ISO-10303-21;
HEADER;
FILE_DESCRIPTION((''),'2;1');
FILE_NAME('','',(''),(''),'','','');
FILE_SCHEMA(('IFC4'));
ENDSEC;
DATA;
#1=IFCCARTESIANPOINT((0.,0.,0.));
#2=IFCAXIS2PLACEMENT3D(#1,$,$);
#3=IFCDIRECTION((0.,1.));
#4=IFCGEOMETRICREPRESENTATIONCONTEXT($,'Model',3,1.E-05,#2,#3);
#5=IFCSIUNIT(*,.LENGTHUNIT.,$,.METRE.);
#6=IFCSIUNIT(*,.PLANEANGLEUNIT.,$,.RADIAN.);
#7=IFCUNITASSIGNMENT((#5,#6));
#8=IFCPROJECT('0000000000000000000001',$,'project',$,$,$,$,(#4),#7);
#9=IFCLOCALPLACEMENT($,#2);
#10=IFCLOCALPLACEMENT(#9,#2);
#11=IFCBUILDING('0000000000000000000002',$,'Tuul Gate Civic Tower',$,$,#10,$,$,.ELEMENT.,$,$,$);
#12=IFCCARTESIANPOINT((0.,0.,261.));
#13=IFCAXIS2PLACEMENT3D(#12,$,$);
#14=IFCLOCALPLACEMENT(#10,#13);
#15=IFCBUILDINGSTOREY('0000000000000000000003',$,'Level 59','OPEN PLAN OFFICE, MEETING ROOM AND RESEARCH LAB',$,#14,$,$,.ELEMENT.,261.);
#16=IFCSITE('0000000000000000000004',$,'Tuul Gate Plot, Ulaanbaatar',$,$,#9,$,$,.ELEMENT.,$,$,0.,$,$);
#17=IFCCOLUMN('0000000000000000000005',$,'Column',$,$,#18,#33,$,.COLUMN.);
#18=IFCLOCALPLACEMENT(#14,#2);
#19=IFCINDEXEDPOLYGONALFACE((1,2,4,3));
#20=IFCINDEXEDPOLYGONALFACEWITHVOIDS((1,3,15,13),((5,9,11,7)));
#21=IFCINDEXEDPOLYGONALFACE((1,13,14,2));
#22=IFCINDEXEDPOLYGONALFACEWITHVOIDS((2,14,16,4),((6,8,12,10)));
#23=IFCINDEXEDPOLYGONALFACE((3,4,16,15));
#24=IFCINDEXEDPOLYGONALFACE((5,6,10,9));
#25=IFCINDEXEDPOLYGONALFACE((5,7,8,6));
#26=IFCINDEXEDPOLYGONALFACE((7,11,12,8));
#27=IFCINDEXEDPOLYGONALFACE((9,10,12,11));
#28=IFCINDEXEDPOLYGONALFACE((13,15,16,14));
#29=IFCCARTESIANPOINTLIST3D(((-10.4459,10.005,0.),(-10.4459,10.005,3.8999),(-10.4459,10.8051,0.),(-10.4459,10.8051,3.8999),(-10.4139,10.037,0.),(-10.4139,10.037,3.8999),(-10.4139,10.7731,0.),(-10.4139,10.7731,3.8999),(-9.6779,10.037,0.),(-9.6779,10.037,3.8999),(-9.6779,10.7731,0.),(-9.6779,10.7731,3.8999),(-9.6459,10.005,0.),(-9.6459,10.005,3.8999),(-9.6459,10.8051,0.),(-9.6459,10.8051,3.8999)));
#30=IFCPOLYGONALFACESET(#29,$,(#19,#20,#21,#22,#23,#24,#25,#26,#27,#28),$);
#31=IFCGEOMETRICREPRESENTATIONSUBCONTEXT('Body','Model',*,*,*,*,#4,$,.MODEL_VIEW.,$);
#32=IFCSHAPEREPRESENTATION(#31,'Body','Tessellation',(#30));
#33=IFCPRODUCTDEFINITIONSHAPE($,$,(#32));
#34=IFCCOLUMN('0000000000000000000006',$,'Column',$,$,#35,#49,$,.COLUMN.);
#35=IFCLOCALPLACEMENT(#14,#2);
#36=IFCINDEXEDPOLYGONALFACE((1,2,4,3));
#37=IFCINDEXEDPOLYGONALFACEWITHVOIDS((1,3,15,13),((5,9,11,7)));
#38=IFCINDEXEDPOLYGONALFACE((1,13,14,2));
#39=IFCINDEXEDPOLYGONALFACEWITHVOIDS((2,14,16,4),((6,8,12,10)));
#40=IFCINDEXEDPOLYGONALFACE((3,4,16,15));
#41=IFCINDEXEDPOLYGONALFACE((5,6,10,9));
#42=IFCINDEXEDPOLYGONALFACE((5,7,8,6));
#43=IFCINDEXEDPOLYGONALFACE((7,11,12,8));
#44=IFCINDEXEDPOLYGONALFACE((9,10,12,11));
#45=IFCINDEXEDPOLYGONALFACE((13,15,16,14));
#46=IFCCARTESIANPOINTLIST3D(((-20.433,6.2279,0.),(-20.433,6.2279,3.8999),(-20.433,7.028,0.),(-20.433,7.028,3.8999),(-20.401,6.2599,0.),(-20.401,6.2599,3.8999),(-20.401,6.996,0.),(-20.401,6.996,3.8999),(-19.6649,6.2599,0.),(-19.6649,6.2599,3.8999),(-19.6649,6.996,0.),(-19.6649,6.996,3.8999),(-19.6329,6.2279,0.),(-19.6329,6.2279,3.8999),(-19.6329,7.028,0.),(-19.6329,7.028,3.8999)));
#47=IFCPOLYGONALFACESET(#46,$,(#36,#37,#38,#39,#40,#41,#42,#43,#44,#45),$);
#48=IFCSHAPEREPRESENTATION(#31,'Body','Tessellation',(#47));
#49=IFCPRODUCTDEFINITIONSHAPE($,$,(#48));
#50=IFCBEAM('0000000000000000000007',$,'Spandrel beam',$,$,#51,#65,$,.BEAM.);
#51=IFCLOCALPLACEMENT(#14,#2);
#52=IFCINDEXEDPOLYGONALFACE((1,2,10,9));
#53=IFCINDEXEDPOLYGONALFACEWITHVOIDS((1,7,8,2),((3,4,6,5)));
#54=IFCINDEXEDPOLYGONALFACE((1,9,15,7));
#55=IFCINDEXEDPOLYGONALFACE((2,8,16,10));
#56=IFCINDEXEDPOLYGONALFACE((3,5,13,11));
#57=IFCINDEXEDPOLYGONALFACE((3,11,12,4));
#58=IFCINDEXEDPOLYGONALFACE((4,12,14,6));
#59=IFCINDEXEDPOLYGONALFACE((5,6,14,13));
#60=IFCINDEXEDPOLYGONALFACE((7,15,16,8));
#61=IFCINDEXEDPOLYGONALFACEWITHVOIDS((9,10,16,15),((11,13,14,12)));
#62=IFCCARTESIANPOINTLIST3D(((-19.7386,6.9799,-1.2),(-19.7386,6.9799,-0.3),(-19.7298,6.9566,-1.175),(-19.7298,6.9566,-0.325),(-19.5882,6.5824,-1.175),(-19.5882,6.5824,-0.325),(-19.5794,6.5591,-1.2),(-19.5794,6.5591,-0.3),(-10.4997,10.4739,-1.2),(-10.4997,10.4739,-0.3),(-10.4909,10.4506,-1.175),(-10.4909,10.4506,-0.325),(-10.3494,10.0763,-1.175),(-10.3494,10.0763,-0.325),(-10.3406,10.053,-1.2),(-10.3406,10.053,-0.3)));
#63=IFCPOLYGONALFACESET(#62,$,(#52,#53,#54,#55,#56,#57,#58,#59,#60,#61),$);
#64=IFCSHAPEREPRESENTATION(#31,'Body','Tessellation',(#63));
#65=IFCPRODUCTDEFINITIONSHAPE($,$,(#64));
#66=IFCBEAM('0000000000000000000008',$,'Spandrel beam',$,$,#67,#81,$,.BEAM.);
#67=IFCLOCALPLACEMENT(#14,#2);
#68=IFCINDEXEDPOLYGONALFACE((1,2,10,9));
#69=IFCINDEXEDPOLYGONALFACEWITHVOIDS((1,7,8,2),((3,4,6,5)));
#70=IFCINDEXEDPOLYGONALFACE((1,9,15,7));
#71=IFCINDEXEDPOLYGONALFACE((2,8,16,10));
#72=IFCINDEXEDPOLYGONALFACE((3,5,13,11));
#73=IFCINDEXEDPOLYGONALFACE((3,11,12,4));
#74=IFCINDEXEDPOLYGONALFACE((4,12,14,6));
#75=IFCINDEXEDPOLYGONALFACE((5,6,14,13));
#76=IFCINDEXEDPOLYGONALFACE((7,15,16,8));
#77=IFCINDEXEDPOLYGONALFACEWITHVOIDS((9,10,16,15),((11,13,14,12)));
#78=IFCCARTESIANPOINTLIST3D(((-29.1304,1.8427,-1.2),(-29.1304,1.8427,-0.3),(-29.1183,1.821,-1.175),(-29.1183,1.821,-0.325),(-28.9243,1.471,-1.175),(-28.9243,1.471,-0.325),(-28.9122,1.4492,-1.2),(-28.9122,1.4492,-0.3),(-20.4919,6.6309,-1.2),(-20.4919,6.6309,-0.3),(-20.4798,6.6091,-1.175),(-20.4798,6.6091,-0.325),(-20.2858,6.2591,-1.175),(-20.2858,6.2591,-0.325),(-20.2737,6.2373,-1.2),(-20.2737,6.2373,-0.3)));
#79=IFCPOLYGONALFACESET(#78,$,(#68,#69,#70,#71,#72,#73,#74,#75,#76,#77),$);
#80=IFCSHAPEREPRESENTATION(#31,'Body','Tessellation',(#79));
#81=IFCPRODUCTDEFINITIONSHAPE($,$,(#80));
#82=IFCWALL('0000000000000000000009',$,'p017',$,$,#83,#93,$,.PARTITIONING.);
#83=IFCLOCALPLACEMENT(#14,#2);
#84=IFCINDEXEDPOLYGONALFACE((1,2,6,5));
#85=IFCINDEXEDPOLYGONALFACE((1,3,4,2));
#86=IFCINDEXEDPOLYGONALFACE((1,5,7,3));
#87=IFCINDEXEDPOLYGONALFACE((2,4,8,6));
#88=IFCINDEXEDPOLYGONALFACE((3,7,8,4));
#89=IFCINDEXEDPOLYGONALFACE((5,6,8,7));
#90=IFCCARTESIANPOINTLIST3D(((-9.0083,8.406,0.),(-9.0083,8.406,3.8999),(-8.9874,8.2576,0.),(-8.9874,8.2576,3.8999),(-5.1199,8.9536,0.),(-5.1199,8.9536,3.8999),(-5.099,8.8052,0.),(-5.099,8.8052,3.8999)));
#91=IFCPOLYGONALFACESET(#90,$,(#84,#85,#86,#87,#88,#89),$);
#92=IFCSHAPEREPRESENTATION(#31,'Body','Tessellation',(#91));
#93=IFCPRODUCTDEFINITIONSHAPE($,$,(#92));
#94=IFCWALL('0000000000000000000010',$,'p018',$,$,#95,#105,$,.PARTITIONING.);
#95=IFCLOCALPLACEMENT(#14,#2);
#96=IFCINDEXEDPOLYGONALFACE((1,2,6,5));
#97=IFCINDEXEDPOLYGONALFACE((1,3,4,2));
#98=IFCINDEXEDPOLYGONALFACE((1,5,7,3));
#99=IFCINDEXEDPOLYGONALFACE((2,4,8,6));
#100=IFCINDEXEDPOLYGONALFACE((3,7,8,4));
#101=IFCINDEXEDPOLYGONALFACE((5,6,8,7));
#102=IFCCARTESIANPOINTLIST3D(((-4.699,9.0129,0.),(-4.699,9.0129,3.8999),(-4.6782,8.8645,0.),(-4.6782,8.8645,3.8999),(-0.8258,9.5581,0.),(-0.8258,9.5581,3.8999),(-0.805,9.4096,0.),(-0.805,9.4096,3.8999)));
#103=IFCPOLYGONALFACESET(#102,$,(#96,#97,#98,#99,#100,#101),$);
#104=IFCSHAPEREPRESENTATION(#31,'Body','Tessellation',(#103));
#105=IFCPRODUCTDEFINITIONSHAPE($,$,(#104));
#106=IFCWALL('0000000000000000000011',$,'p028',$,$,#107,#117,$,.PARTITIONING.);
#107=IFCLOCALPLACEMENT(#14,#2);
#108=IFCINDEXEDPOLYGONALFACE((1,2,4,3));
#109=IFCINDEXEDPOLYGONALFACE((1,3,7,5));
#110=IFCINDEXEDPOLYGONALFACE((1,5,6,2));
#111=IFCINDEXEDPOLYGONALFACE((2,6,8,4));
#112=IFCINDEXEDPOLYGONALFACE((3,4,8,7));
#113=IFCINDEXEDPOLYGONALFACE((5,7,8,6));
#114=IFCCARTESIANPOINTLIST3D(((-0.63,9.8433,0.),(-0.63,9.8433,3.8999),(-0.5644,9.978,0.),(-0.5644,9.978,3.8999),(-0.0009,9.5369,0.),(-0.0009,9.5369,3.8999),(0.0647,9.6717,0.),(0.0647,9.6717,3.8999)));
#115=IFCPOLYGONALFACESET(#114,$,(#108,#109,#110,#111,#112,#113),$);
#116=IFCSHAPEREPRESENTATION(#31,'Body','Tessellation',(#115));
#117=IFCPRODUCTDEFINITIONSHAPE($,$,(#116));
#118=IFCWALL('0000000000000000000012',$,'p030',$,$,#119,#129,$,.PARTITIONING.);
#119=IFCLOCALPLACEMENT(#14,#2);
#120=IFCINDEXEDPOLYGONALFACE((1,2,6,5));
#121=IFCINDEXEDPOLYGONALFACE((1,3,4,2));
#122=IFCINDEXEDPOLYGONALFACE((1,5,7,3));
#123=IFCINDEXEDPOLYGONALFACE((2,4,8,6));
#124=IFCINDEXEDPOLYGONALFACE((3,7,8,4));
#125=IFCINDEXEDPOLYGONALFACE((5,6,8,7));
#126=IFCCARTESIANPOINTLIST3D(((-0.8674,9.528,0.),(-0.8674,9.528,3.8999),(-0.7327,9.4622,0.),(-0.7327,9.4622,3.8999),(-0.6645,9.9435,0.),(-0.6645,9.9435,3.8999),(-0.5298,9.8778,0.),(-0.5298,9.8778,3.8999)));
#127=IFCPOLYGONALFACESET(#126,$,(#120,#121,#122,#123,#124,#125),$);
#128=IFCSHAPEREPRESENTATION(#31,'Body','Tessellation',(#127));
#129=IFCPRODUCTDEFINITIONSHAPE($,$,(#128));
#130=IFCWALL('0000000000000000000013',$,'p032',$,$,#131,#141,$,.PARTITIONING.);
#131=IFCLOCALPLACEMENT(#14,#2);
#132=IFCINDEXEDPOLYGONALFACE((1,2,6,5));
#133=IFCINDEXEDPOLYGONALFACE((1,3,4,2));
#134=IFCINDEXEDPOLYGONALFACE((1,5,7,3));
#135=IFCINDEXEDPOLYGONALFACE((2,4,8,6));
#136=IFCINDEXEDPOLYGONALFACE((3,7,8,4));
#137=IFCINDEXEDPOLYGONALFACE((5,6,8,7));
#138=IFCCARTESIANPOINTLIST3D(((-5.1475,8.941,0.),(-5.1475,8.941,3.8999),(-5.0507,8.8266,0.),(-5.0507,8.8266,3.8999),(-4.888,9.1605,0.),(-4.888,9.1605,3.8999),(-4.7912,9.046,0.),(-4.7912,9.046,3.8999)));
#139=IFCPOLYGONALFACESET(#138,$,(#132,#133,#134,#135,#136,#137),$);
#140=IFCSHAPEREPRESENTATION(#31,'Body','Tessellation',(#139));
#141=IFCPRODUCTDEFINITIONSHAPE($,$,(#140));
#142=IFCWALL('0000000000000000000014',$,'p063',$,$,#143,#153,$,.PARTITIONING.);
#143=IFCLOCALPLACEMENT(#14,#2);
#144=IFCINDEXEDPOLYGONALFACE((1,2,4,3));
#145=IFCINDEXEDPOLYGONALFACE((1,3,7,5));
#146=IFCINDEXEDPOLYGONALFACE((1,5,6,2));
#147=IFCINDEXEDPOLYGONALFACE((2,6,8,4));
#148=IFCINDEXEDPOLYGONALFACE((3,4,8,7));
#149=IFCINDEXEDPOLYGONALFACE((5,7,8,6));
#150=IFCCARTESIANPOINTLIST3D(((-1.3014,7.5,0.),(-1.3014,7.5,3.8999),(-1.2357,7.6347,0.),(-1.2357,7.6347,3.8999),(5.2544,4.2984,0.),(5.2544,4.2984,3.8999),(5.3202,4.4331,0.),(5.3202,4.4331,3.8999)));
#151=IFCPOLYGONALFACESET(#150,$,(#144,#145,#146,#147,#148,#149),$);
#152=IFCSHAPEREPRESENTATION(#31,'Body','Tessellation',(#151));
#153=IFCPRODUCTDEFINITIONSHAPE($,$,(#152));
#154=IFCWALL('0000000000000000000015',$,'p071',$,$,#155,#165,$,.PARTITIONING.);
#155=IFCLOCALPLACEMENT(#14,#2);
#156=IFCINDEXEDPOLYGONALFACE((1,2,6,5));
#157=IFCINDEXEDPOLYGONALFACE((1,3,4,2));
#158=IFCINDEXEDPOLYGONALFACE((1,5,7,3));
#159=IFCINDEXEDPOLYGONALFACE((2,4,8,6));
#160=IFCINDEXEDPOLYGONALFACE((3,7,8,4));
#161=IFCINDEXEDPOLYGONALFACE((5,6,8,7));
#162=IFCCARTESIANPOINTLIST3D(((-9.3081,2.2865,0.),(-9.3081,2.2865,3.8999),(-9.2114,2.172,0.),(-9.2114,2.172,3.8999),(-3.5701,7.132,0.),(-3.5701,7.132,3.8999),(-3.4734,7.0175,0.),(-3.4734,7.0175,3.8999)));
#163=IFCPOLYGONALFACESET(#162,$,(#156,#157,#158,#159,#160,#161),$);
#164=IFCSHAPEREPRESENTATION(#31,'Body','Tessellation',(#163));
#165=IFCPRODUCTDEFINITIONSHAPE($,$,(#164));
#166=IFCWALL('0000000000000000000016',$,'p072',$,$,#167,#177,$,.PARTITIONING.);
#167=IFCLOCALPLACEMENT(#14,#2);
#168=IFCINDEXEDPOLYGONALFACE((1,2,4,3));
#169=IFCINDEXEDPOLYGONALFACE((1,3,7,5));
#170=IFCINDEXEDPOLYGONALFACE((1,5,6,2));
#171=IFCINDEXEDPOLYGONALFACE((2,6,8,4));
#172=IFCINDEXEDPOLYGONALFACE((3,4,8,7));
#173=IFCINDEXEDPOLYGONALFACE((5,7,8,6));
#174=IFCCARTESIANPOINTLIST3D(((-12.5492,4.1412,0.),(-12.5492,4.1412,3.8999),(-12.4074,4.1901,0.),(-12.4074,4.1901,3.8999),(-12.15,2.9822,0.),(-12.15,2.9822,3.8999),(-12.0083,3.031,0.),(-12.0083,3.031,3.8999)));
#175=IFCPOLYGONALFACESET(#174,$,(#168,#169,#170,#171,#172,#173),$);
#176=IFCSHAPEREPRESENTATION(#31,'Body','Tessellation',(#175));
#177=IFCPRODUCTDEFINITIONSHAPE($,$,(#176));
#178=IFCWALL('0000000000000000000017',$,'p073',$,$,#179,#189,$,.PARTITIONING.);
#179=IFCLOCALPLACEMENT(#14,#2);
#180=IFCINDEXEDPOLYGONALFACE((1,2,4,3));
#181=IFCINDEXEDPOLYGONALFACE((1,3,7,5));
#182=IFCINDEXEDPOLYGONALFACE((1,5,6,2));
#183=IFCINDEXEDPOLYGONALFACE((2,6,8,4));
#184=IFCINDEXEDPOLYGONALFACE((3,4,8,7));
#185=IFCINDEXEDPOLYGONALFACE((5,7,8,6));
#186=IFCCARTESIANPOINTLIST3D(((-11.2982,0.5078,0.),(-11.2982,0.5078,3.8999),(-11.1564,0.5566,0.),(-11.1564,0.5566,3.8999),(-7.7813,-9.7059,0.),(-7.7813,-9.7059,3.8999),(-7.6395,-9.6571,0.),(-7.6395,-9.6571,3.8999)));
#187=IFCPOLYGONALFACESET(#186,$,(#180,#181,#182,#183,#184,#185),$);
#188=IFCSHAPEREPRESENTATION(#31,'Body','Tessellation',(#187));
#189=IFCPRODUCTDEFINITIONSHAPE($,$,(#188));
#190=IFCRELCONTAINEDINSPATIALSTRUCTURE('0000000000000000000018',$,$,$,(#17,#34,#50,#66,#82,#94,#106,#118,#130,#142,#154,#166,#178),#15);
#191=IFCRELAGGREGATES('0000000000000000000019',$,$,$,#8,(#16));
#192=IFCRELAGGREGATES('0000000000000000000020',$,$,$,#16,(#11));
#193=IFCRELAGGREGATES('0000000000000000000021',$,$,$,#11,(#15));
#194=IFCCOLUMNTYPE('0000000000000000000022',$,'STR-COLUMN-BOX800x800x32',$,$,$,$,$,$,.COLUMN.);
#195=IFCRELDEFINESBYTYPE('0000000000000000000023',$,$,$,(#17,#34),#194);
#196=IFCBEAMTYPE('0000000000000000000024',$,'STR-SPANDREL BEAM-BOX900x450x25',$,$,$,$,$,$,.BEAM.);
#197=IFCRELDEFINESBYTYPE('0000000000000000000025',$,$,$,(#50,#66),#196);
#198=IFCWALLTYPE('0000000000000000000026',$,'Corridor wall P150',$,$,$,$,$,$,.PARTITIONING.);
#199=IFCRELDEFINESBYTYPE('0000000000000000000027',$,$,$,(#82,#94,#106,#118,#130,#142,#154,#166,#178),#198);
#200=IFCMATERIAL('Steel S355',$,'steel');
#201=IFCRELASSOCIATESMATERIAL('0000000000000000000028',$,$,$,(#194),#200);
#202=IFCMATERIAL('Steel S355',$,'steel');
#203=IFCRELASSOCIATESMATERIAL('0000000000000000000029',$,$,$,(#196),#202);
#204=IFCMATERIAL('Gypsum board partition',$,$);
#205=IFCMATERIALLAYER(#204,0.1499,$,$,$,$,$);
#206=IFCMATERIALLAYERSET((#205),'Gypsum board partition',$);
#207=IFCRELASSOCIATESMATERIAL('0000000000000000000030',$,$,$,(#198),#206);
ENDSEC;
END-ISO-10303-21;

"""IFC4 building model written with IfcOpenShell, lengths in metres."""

from ifc_helpers import new_model, si_unit, direction, frame, frame_2d, origin, origin_2d, place, context, subcontext, project, spatial, rectangle, hollow_rectangle, extrude, material, layer, layer_set, material_profile, profile_set, type_object, element, save


model = new_model("IFC4")

# Units and contexts
model_context = context("Model", 3, precision=1e-05, world=origin(), true_north=direction((0.0, 1.0)))
body_context = subcontext(model_context, "Body", "Model", "MODEL_VIEW")
ifc_project = project(units=[si_unit("LENGTHUNIT", "METRE"), si_unit("PLANEANGLEUNIT", "RADIAN")], contexts=[model_context])

# Site, building, storey
site_placement = place(None, origin())
site = spatial("IfcSite", under=ifc_project, at=site_placement, Name="Tuul Gate Plot, Ulaanbaatar", CompositionType="ELEMENT", RefElevation=0.0)
building_placement = place(site_placement, origin())
building = spatial("IfcBuilding", under=site, at=building_placement, Name="Tuul Gate Civic Tower", CompositionType="ELEMENT")
storey_placement = place(building_placement, frame((0.0, 0.0, 261.0)))
storey = spatial("IfcBuildingStorey", under=building, at=storey_placement, Name="Level 59", Description="OPEN PLAN OFFICE, MEETING ROOM AND RESEARCH LAB", CompositionType="ELEMENT", Elevation=261.0)

# Columns
ifc_material_1 = material(Name="Steel S355", Category="steel")
ifc_material_profile_1 = material_profile(ifc_material_1, hollow_rectangle(XDim=0.8, YDim=0.8, WallThickness=0.032, at=origin_2d()), Name="BOX800x800x32")
ifc_profile_set_1 = profile_set([ifc_material_profile_1], Name="Steel S355")
column_type = type_object("IfcColumnType", Name="STR-COLUMN-BOX800x800x32", PredefinedType="COLUMN", material=ifc_profile_set_1)
for number, where, z_axis, x_axis, name in (
    (1, (-10.0459, 10.405, 0.0), (0.0, 0.0, 1.0), (1.0, 0.0, 0.0), "Column"),
    (2, (-20.033, 6.6279, 0.0), (0.0, 0.0, 1.0), (1.0, 0.0, 0.0), "Column"),
):
    element("IfcColumn", number, at=place(storey_placement, frame(where, z_axis=z_axis, x_axis=x_axis)), inside=storey, type_object=column_type, Name=name, PredefinedType="COLUMN", context=body_context, shape_type="SweptSolid", body=[
        extrude(hollow_rectangle(XDim=0.8, YDim=0.8, WallThickness=0.032, at=origin_2d()), origin(), (0.0, 0.0, 1.0), 3.8999),
    ])

# Beams
ifc_material_2 = material(Name="Steel S355", Category="steel")
ifc_material_profile_2 = material_profile(ifc_material_2, hollow_rectangle(XDim=0.45, YDim=0.8999, WallThickness=0.0249, at=origin_2d()), Name="BOX900x450x25")
ifc_profile_set_2 = profile_set([ifc_material_profile_2], Name="Steel S355")
beam_type = type_object("IfcBeamType", Name="STR-SPANDREL BEAM-BOX900x450x25", PredefinedType="BEAM", material=ifc_profile_set_2)
beam_1_placement = place(storey_placement, frame((-10.4202, 10.2634, -0.75), z_axis=(-0.935348, -0.353728, 0.0), x_axis=(0.353728, -0.935348, 0.0)))
element("IfcBeam", 3, at=beam_1_placement, inside=storey, type_object=beam_type, Name="Spandrel beam", PredefinedType="BEAM", context=body_context, shape_type="SweptSolid", body=[
    extrude(hollow_rectangle(XDim=0.45, YDim=0.8999, WallThickness=0.0249, at=origin_2d()), origin(), (0.0, 0.0, 1.0), 9.8774),
])
beam_2_placement = place(storey_placement, frame((-20.3828, 6.4341, -0.75), z_axis=(-0.874631, -0.484788, 0.0), x_axis=(0.484788, -0.874631, 0.0)))
element("IfcBeam", 4, at=beam_2_placement, inside=storey, type_object=beam_type, Name="Spandrel beam", PredefinedType="BEAM", context=body_context, shape_type="SweptSolid", body=[
    extrude(hollow_rectangle(XDim=0.45, YDim=0.8999, WallThickness=0.0249, at=origin_2d()), origin(), (0.0, 0.0, 1.0), 9.8767),
])

# Walls
ifc_material_3 = material(Name="Gypsum board partition")
ifc_layer_1 = layer(ifc_material_3, 0.1499)
ifc_layer_set_1 = layer_set([ifc_layer_1], Name="Gypsum board partition")
wall_type_1 = type_object("IfcWallType", Name="Corridor wall P150", PredefinedType="PARTITIONING", material=ifc_layer_set_1)
wall_1_placement = place(storey_placement, frame((-8.9978, 8.3318, 0.0), z_axis=(0.0, 0.0, 1.0), x_axis=(0.990229, 0.139454, 0.0)))
element("IfcWall", 5, at=wall_1_placement, inside=storey, type_object=wall_type_1, Name="p017", PredefinedType="PARTITIONING", context=body_context, shape_type="SweptSolid", body=[
    extrude(rectangle(XDim=3.9268, YDim=0.1499, at=frame_2d((1.9634, 0.0))), origin(), (0.0, 0.0, 1.0), 3.8999),
])
wall_2_placement = place(storey_placement, frame((-4.6885, 8.9387, 0.0), z_axis=(0.0, 0.0, 1.0), x_axis=(0.990239, 0.139376, 0.0)))
element("IfcWall", 6, at=wall_2_placement, inside=storey, type_object=wall_type_1, Name="p018", PredefinedType="PARTITIONING", context=body_context, shape_type="SweptSolid", body=[
    extrude(rectangle(XDim=3.9114, YDim=0.1499, at=frame_2d((1.9556, 0.0))), origin(), (0.0, 0.0, 1.0), 3.8999),
])
wall_3_placement = place(storey_placement, frame((-0.5972, 9.9106, 0.0), z_axis=(0.0, 0.0, 1.0), x_axis=(0.899053, -0.437839, 0.0)))
element("IfcWall", 7, at=wall_3_placement, inside=storey, type_object=wall_type_1, Name="p028", PredefinedType="PARTITIONING", context=body_context, shape_type="SweptSolid", body=[
    extrude(rectangle(XDim=0.6997, YDim=0.1499, at=frame_2d((0.3499, 0.0))), origin(), (0.0, 0.0, 1.0), 3.8999),
])
wall_4_placement = place(storey_placement, frame((-0.8, 9.4951, 0.0), z_axis=(0.0, 0.0, 1.0), x_axis=(0.438746, 0.898611, 0.0)))
element("IfcWall", 8, at=wall_4_placement, inside=storey, type_object=wall_type_1, Name="p030", PredefinedType="PARTITIONING", context=body_context, shape_type="SweptSolid", body=[
    extrude(rectangle(XDim=0.4624, YDim=0.1499, at=frame_2d((0.2312, 0.0))), origin(), (0.0, 0.0, 1.0), 3.8999),
])
wall_5_placement = place(storey_placement, frame((-5.0991, 8.8838, 0.0), z_axis=(0.0, 0.0, 1.0), x_axis=(0.76355, 0.645749, 0.0)))
element("IfcWall", 9, at=wall_5_placement, inside=storey, type_object=wall_type_1, Name="p032", PredefinedType="PARTITIONING", context=body_context, shape_type="SweptSolid", body=[
    extrude(rectangle(XDim=0.3398, YDim=0.1499, at=frame_2d((0.1699, 0.0))), origin(), (0.0, 0.0, 1.0), 3.8999),
])
wall_6_placement = place(storey_placement, frame((-1.2686, 7.5674, 0.0), z_axis=(0.0, 0.0, 1.0), x_axis=(0.898571, -0.438828, 0.0)))
element("IfcWall", 10, at=wall_6_placement, inside=storey, type_object=wall_type_1, Name="p063", PredefinedType="PARTITIONING", context=body_context, shape_type="SweptSolid", body=[
    extrude(rectangle(XDim=7.2959, YDim=0.1499, at=frame_2d((3.6479, 0.0))), origin(), (0.0, 0.0, 1.0), 3.8999),
])
wall_7_placement = place(storey_placement, frame((-9.2598, 2.2292, 0.0), z_axis=(0.0, 0.0, 1.0), x_axis=(0.76403, 0.645181, 0.0)))
element("IfcWall", 11, at=wall_7_placement, inside=storey, type_object=wall_type_1, Name="p071", PredefinedType="PARTITIONING", context=body_context, shape_type="SweptSolid", body=[
    extrude(rectangle(XDim=7.5103, YDim=0.1499, at=frame_2d((3.7551, 0.0))), origin(), (0.0, 0.0, 1.0), 3.8999),
])
wall_8_placement = place(storey_placement, frame((-12.4783, 4.1655, 0.0), z_axis=(0.0, 0.0, 1.0), x_axis=(0.325653, -0.945489, 0.0)))
element("IfcWall", 12, at=wall_8_placement, inside=storey, type_object=wall_type_1, Name="p072", PredefinedType="PARTITIONING", context=body_context, shape_type="SweptSolid", body=[
    extrude(rectangle(XDim=1.2258, YDim=0.1499, at=frame_2d((0.6128, 0.0))), origin(), (0.0, 0.0, 1.0), 3.8999),
])
wall_9_placement = place(storey_placement, frame((-11.2273, 0.5322, 0.0), z_axis=(0.0, 0.0, 1.0), x_axis=(0.325569, -0.945518, 0.0)))
element("IfcWall", 13, at=wall_9_placement, inside=storey, type_object=wall_type_1, Name="p073", PredefinedType="PARTITIONING", context=body_context, shape_type="SweptSolid", body=[
    extrude(rectangle(XDim=10.8022, YDim=0.1499, at=frame_2d((5.4011, 0.0))), origin(), (0.0, 0.0, 1.0), 3.8999),
])

save(model, "model.ifc")
